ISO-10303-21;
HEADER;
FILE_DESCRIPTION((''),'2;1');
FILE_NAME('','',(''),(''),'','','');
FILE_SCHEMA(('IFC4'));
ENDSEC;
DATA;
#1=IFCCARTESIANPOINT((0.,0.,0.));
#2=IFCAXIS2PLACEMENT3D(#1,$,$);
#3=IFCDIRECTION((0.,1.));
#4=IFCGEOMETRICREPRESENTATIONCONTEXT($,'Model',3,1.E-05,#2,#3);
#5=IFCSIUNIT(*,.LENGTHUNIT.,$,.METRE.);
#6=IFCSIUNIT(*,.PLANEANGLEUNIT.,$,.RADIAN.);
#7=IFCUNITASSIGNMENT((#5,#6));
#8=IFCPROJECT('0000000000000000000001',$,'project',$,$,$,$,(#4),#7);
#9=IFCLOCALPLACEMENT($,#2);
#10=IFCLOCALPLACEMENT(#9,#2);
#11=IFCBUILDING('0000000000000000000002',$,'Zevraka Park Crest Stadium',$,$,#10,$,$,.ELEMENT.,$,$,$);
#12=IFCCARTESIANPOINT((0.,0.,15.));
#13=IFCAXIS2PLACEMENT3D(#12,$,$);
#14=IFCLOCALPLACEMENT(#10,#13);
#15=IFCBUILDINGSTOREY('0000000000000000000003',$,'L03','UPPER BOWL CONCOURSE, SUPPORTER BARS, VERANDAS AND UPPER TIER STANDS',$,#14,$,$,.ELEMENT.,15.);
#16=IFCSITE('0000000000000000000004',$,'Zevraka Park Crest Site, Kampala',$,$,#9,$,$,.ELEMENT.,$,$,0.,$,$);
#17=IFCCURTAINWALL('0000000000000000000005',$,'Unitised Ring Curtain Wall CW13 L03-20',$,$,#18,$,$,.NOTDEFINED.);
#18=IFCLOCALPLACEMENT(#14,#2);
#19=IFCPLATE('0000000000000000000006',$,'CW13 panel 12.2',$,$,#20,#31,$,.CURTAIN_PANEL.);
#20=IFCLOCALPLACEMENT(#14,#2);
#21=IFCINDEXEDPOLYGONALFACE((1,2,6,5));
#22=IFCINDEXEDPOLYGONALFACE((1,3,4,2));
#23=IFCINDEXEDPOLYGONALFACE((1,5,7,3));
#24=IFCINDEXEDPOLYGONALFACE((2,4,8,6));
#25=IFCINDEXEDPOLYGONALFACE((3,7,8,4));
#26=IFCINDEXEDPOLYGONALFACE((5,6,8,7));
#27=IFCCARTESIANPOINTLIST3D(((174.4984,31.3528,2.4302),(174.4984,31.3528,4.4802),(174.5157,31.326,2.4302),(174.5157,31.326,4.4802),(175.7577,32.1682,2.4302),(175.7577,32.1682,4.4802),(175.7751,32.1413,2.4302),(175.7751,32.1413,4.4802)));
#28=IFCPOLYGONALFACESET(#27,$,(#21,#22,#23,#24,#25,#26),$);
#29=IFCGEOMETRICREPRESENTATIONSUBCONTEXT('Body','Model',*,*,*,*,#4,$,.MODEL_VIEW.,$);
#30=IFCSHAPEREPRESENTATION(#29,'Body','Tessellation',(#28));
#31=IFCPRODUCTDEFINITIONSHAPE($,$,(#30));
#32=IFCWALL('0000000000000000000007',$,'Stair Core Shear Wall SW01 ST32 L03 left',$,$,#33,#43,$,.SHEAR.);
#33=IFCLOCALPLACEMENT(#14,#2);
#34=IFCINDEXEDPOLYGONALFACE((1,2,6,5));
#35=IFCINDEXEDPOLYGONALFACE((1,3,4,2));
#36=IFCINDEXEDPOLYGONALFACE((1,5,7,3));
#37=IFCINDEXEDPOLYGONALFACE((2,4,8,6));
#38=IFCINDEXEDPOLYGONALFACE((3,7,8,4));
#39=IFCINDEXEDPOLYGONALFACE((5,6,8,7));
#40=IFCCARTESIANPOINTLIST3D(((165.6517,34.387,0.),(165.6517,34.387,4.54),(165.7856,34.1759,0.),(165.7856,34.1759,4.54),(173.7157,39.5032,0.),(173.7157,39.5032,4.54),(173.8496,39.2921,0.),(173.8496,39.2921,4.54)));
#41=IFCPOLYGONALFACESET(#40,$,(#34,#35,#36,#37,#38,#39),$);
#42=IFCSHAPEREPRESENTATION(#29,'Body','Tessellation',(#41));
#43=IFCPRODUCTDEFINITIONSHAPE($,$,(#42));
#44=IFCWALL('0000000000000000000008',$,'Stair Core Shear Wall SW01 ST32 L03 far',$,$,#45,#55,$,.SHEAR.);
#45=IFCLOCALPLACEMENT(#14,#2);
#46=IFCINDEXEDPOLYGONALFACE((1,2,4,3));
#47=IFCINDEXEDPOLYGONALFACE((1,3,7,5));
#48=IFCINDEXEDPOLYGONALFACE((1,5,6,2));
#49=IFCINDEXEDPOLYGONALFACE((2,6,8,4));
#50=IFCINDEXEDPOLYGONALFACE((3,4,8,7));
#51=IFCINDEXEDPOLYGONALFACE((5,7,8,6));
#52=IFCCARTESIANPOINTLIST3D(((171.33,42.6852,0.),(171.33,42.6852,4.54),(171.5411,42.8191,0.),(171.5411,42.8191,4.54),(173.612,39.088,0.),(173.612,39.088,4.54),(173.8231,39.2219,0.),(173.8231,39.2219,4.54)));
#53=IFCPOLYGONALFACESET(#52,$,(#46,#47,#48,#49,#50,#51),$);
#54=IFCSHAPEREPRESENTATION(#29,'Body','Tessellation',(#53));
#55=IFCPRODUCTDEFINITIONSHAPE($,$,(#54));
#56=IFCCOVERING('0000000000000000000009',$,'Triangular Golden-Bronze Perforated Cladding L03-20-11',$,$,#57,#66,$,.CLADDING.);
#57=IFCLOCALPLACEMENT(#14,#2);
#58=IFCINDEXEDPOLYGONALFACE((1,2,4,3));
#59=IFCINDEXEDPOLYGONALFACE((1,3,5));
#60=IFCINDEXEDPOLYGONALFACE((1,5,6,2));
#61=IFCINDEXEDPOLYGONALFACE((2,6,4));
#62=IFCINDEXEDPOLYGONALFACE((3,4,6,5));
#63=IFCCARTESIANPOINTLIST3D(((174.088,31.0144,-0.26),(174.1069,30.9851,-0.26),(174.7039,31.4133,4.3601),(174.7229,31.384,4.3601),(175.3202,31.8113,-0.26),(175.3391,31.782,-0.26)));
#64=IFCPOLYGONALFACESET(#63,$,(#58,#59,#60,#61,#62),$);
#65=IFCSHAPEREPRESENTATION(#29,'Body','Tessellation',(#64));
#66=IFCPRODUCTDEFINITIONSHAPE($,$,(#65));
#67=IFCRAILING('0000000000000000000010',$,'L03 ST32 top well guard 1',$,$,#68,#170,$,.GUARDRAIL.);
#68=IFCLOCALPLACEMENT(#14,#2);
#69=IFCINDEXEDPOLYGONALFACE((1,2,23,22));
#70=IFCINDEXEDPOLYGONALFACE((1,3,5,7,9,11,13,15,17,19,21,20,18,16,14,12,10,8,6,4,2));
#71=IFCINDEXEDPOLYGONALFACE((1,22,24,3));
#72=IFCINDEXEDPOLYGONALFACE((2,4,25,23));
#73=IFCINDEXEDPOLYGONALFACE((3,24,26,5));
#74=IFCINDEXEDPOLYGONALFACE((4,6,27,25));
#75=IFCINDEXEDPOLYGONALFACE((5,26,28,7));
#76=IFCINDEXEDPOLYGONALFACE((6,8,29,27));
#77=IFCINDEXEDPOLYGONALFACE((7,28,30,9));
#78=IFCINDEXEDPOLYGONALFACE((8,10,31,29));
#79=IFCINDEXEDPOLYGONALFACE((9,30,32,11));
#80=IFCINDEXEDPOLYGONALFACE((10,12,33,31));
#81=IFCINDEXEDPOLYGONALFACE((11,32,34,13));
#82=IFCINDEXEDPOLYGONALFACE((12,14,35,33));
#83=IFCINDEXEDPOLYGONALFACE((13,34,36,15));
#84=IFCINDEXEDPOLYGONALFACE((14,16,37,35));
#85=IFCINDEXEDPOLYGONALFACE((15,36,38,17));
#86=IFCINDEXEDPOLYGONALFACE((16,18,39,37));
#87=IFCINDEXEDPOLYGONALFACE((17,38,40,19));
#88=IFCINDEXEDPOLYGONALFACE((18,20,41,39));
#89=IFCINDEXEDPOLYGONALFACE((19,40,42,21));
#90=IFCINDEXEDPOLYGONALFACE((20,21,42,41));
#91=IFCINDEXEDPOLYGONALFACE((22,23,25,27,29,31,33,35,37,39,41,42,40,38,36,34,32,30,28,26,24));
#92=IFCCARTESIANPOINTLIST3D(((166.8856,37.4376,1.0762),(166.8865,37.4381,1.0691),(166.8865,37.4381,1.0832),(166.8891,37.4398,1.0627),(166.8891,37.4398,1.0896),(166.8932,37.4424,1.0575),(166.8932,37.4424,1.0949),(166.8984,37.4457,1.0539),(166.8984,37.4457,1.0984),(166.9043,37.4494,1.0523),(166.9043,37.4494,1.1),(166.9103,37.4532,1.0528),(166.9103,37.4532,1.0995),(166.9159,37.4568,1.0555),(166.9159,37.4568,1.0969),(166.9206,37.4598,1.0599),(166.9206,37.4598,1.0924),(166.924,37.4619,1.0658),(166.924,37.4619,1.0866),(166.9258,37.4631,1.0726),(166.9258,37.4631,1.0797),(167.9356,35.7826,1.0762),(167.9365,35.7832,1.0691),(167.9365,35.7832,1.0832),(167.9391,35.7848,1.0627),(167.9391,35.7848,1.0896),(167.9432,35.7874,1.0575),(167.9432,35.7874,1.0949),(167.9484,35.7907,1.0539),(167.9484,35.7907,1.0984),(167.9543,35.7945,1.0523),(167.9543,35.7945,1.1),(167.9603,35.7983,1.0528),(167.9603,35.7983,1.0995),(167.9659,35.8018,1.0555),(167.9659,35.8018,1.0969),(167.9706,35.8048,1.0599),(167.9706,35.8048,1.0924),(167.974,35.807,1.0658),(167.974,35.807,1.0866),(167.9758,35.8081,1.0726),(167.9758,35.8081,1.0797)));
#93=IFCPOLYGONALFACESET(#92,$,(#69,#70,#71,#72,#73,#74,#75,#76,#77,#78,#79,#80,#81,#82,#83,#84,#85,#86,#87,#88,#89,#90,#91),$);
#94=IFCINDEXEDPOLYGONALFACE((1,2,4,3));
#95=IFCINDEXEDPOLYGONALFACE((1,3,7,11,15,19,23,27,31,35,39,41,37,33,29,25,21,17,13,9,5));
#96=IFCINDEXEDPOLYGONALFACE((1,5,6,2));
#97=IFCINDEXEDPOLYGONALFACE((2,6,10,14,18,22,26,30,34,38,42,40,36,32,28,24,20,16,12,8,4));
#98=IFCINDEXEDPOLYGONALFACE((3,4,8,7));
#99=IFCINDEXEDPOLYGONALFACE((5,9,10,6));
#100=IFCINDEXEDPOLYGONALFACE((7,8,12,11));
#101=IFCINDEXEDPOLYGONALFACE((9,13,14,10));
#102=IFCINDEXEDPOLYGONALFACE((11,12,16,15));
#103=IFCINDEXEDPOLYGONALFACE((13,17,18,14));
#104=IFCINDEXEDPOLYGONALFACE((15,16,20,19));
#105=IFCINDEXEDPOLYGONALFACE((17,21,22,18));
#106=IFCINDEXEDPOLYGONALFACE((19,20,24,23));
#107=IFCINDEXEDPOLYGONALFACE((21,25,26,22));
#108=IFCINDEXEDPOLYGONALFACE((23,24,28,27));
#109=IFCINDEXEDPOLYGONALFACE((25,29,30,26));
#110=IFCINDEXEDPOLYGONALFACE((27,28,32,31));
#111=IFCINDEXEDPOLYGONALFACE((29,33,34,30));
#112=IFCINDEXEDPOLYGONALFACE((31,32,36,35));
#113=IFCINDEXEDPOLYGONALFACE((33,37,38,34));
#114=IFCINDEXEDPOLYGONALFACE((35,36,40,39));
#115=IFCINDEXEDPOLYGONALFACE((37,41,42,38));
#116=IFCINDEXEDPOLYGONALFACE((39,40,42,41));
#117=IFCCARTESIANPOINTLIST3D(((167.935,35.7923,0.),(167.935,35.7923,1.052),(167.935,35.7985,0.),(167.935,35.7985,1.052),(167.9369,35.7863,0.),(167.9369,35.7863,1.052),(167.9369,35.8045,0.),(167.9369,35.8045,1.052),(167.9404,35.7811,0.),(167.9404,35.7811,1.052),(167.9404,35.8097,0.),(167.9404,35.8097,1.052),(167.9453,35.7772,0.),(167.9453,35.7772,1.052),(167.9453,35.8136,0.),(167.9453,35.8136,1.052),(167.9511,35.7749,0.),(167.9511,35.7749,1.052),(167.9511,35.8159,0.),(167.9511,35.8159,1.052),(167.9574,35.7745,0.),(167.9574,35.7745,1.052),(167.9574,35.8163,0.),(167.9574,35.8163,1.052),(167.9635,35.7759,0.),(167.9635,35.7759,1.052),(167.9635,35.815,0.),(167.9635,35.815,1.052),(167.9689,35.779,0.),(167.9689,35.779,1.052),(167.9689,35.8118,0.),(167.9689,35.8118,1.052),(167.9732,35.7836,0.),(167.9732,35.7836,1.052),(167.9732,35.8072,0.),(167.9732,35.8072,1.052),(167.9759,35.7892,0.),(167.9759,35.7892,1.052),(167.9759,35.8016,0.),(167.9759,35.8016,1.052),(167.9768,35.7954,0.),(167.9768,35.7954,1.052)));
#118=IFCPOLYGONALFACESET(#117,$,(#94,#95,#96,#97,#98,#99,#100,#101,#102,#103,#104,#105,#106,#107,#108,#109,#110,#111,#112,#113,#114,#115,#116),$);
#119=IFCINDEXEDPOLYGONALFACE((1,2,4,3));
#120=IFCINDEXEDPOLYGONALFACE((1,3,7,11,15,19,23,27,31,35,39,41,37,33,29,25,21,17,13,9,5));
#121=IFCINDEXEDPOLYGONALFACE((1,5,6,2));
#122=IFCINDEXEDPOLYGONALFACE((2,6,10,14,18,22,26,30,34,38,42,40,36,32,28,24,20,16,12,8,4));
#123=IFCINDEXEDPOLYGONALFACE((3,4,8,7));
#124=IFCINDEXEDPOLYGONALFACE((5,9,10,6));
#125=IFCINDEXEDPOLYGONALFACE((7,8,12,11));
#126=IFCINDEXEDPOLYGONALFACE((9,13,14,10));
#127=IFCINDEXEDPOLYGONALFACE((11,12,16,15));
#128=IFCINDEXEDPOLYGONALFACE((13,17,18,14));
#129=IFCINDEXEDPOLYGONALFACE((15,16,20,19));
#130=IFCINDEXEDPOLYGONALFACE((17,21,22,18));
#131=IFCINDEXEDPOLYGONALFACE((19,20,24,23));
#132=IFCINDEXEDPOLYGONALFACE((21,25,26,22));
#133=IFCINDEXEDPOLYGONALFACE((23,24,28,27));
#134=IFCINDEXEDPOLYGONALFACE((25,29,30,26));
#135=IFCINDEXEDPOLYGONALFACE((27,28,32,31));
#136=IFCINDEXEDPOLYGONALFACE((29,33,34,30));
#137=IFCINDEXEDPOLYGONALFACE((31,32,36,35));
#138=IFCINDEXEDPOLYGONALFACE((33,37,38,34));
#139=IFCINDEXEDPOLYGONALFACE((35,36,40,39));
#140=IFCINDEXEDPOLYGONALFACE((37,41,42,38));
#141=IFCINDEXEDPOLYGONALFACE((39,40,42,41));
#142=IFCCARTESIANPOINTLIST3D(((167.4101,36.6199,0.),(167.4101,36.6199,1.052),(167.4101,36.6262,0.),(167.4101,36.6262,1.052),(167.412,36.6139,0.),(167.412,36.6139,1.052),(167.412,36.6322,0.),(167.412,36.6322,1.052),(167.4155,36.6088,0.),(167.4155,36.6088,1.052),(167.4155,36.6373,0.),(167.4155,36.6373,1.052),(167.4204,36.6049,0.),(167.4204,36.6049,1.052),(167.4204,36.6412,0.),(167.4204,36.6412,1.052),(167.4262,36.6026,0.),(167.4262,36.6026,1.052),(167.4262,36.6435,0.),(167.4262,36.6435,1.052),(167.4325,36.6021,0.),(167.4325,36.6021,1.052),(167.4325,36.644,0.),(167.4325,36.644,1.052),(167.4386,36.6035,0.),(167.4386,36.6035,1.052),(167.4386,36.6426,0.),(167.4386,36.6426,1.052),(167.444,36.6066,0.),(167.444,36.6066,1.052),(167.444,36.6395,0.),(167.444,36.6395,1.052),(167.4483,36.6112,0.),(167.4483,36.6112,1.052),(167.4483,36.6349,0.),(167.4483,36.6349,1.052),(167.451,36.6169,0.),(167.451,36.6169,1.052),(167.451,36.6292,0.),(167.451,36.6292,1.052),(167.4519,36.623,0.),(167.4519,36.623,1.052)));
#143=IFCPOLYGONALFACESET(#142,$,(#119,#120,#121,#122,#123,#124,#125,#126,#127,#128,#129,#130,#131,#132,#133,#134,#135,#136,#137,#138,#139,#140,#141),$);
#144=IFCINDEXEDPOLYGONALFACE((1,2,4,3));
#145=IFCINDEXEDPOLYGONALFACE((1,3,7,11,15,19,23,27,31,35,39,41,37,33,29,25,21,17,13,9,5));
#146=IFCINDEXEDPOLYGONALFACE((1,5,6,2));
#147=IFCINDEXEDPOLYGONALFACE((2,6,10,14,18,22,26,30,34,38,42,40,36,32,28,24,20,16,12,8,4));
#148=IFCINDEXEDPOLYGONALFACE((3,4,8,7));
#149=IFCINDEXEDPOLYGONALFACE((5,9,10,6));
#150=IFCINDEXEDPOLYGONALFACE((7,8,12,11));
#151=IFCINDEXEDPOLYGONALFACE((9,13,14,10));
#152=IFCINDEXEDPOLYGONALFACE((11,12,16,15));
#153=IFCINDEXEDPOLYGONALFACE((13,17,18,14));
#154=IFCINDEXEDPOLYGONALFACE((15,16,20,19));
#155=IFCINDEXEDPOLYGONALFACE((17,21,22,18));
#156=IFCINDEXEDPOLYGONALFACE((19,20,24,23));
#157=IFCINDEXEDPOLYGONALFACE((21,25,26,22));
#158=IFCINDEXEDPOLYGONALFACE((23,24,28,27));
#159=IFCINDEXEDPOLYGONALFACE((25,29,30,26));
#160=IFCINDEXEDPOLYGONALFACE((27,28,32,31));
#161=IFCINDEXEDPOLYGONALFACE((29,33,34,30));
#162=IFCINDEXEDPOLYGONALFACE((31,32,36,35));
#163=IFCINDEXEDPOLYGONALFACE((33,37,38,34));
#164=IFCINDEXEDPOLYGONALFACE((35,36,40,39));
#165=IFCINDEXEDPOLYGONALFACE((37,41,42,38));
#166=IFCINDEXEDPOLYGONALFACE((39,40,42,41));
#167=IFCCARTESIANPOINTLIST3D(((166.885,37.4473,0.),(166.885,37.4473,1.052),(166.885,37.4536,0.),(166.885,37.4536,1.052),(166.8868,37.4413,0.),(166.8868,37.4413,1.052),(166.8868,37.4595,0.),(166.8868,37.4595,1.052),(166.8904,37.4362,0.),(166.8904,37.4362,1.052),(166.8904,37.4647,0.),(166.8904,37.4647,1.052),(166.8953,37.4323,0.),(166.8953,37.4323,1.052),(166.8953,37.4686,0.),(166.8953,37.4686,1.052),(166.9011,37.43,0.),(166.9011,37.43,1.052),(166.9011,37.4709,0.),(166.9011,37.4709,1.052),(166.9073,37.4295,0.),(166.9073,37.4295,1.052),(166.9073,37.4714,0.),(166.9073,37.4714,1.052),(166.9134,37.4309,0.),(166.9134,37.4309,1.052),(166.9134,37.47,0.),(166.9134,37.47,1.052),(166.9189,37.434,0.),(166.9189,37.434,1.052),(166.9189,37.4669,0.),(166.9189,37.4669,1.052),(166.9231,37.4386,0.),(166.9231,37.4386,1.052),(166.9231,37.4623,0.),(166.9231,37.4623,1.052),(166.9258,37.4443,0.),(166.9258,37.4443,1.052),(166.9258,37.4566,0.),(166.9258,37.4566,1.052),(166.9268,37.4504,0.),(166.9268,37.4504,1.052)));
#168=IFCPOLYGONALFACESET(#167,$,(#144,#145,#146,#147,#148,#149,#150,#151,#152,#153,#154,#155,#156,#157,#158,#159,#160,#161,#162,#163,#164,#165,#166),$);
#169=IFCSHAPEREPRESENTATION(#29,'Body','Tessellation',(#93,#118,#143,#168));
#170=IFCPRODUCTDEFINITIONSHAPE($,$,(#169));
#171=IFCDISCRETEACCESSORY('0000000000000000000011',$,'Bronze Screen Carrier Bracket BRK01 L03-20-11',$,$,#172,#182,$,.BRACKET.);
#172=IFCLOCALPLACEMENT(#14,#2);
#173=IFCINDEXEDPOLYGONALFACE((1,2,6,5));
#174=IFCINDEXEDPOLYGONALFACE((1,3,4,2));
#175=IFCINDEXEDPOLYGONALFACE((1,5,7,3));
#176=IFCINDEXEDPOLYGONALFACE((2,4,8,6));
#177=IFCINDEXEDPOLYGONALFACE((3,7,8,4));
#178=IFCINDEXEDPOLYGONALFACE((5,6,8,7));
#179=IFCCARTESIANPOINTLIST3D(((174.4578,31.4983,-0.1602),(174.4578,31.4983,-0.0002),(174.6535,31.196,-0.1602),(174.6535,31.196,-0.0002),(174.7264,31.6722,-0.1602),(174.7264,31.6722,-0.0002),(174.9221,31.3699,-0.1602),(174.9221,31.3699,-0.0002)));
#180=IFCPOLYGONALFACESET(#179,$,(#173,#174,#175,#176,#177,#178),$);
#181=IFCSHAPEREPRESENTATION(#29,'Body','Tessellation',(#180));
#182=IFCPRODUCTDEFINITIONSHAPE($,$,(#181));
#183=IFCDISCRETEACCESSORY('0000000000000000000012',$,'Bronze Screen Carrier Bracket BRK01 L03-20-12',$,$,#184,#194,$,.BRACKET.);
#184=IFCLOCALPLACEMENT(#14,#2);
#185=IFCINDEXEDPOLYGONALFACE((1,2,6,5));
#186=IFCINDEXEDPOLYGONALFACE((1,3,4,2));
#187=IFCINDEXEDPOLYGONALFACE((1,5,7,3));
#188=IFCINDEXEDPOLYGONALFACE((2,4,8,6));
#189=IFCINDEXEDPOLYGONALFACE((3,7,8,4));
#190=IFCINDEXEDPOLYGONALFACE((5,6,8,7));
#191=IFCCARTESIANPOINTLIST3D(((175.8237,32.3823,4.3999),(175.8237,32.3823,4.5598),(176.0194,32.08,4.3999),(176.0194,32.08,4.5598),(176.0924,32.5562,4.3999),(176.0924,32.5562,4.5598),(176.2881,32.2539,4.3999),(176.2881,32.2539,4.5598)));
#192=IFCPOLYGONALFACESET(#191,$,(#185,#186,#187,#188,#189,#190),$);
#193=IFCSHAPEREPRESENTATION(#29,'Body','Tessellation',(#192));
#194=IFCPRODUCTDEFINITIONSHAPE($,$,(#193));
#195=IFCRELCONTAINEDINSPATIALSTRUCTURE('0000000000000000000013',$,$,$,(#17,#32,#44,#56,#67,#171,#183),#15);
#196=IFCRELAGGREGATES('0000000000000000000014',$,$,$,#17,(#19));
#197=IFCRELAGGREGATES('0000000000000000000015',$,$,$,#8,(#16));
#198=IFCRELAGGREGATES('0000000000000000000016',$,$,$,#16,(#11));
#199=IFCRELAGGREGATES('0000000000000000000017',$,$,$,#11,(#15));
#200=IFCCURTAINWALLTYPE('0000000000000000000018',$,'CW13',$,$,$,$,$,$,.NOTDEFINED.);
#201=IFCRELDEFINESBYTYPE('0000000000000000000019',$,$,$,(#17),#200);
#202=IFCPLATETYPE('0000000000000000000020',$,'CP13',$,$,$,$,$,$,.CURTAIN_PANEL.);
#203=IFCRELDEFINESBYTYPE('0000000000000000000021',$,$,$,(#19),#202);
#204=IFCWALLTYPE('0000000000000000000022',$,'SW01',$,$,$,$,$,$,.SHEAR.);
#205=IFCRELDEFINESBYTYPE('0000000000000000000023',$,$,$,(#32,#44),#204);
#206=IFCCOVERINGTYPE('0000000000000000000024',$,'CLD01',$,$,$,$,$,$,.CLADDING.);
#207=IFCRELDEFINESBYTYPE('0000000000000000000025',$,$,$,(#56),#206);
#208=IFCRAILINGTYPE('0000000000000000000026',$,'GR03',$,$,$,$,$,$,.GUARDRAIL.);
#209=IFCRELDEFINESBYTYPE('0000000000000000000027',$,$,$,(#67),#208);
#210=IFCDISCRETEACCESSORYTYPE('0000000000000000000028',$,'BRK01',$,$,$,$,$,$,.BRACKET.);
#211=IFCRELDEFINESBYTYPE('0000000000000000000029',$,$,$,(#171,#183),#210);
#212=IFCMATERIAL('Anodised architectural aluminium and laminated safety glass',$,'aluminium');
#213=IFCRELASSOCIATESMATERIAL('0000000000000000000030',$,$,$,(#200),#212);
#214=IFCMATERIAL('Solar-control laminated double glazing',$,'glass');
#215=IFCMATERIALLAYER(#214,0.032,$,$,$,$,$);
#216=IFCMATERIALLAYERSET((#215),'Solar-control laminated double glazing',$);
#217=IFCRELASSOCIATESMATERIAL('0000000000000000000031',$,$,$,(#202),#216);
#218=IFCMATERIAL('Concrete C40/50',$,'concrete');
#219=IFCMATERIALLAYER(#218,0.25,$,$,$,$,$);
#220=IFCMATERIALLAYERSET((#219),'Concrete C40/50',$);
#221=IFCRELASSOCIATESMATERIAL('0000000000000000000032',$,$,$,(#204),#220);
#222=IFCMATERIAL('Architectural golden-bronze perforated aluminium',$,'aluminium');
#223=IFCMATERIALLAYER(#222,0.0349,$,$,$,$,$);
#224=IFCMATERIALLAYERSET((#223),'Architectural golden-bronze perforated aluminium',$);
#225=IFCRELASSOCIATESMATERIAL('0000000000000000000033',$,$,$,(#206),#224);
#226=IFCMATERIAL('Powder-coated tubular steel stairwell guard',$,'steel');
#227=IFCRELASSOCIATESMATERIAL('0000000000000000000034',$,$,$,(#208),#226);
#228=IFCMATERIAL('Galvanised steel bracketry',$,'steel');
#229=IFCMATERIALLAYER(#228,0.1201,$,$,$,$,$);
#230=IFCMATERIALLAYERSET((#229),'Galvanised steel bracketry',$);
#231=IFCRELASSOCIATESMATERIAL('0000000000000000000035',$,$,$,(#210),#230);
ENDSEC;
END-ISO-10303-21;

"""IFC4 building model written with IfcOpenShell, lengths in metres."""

from ifc_helpers import new_model, si_unit, direction, frame, frame_2d, origin, origin_2d, place, context, subcontext, project, spatial, polyline, rectangle, circle, outline, extrude, material, layer, layer_set, type_object, element, aggregate, save


model = new_model("IFC4")

# Units and contexts
model_context = context("Model", 3, precision=1e-05, world=origin(), true_north=direction((0.0, 1.0)))
body_context = subcontext(model_context, "Body", "Model", "MODEL_VIEW")
ifc_project = project(units=[si_unit("LENGTHUNIT", "METRE"), si_unit("PLANEANGLEUNIT", "RADIAN")], contexts=[model_context])

# Site, building, storey
site_placement = place(None, origin())
site = spatial("IfcSite", under=ifc_project, at=site_placement, Name="Zevraka Park Crest Site, Kampala", CompositionType="ELEMENT", RefElevation=0.0)
building_placement = place(site_placement, origin())
building = spatial("IfcBuilding", under=site, at=building_placement, Name="Zevraka Park Crest Stadium", CompositionType="ELEMENT")
storey_placement = place(building_placement, frame((0.0, 0.0, 15.0)))
storey = spatial("IfcBuildingStorey", under=building, at=storey_placement, Name="L03", Description="UPPER BOWL CONCOURSE, SUPPORTER BARS, VERANDAS AND UPPER TIER STANDS", CompositionType="ELEMENT", Elevation=15.0)

# Curtain wall
ifc_material_1 = material(Name="Anodised architectural aluminium and laminated safety glass", Category="aluminium")
curtain_wall_type = type_object("IfcCurtainWallType", Name="CW13", PredefinedType="NOTDEFINED", material=ifc_material_1)
curtain_wall_placement = place(storey_placement, origin())
curtain_wall = element("IfcCurtainWall", 1, at=curtain_wall_placement, inside=storey, type_object=curtain_wall_type, Name="Unitised Ring Curtain Wall CW13 L03-20", PredefinedType="NOTDEFINED")

# Plate
ifc_material_2 = material(Name="Solar-control laminated double glazing", Category="glass")
ifc_layer_1 = layer(ifc_material_2, 0.032)
ifc_layer_set_1 = layer_set([ifc_layer_1], Name="Solar-control laminated double glazing")
plate_type = type_object("IfcPlateType", Name="CP13", PredefinedType="CURTAIN_PANEL", material=ifc_layer_set_1)
plate_1_placement = place(storey_placement, frame((175.1367, 31.7471, 2.4302), z_axis=(0.0, 0.0, 1.0), x_axis=(0.839429, 0.543469, 0.0)))
plate_1 = element("IfcPlate", 2, at=plate_1_placement, type_object=plate_type, Name="CW13 panel 12.2", PredefinedType="CURTAIN_PANEL", context=body_context, shape_type="SweptSolid", body=[
    extrude(rectangle(XDim=1.5002, YDim=0.032, at=origin_2d()), origin(), (0.0, 0.0, 1.0), 2.05),
])
aggregate(curtain_wall, [plate_1])

# Walls
ifc_material_3 = material(Name="Concrete C40/50", Category="concrete")
ifc_layer_2 = layer(ifc_material_3, 0.25)
ifc_layer_set_2 = layer_set([ifc_layer_2], Name="Concrete C40/50")
wall_type = type_object("IfcWallType", Name="SW01", PredefinedType="SHEAR", material=ifc_layer_set_2)
wall_1_placement = place(storey_placement, frame((165.7188, 34.2815, 0.0), z_axis=(0.0, 0.0, 1.0), x_axis=(0.844391, 0.535727, 0.0)))
element("IfcWall", 3, at=wall_1_placement, inside=storey, type_object=wall_type, Name="Stair Core Shear Wall SW01 ST32 L03 left", PredefinedType="SHEAR", context=body_context, shape_type="SweptSolid", body=[
    extrude(rectangle(XDim=9.55, YDim=0.25, at=frame_2d((4.7749, 0.0))), origin(), (0.0, 0.0, 1.0), 4.54),
])
wall_2_placement = place(storey_placement, frame((173.7175, 39.155, 0.0), z_axis=(0.0, 0.0, 1.0), x_axis=(-0.535685, 0.844418, 0.0)))
element("IfcWall", 4, at=wall_2_placement, inside=storey, type_object=wall_type, Name="Stair Core Shear Wall SW01 ST32 L03 far", PredefinedType="SHEAR", context=body_context, shape_type="SweptSolid", body=[
    extrude(rectangle(XDim=4.26, YDim=0.25, at=frame_2d((2.1299, 0.0))), origin(), (0.0, 0.0, 1.0), 4.54),
])

# Covering
ifc_material_4 = material(Name="Architectural golden-bronze perforated aluminium", Category="aluminium")
ifc_layer_3 = layer(ifc_material_4, 0.0349)
ifc_layer_set_3 = layer_set([ifc_layer_3], Name="Architectural golden-bronze perforated aluminium")
covering_type = type_object("IfcCoveringType", Name="CLD01", PredefinedType="CLADDING", material=ifc_layer_set_3)
covering_placement = place(storey_placement, frame((174.1069, 30.9851, -0.26), z_axis=(0.543051, -0.8397, 0.000103), x_axis=(0.8397, 0.543051, 0.0)))
element("IfcCovering", 5, at=covering_placement, inside=storey, type_object=covering_type, Name="Triangular Golden-Bronze Perforated Cladding L03-20-11", PredefinedType="CLADDING", context=body_context, shape_type="SweptSolid", body=[
    extrude(outline(polyline([(0.0, 0.0), (1.4674, 0.0), (0.7339, 4.6201), (0.0, 0.0)])), origin(), (0.0, 0.0, -1.0), 0.0349),
])

# Railing
ifc_material_5 = material(Name="Powder-coated tubular steel stairwell guard", Category="steel")
railing_type = type_object("IfcRailingType", Name="GR03", PredefinedType="GUARDRAIL", material=ifc_material_5)
railing_placement = place(storey_placement, frame((167.9558, 35.7954, 0.0)))
element("IfcRailing", 6, at=railing_placement, inside=storey, type_object=railing_type, Name="L03 ST32 top well guard 1", PredefinedType="GUARDRAIL", context=body_context, shape_type="SweptSolid", body=[
    extrude(circle(Radius=0.0239, at=origin_2d()), frame((0.0, 0.0, 1.0762), z_axis=(-0.535731, 0.844389, 0.0), x_axis=(-0.844389, -0.535731, 0.0)), (0.0, 0.0, 1.0), 1.96),
    extrude(circle(Radius=0.021, at=origin_2d()), origin(), (0.0, 0.0, 1.0), 1.052),
    extrude(circle(Radius=0.021, at=origin_2d()), frame((-0.5249, 0.8276, 0.0)), (0.0, 0.0, 1.0), 1.052),
    extrude(circle(Radius=0.021, at=origin_2d()), frame((-1.05, 1.655, 0.0)), (0.0, 0.0, 1.0), 1.052),
])

# Discrete accessories
ifc_material_6 = material(Name="Galvanised steel bracketry", Category="steel")
ifc_layer_4 = layer(ifc_material_6, 0.1201)
ifc_layer_set_4 = layer_set([ifc_layer_4], Name="Galvanised steel bracketry")
discrete_accessory_type = type_object("IfcDiscreteAccessoryType", Name="BRK01", PredefinedType="BRACKET", material=ifc_layer_set_4)
for number, where, z_axis, x_axis, name in (
    (7, (174.6899, 31.4341, -0.1602), (0.0, 0.0, 1.0), (0.83943, 0.543467, 0.0), "Bronze Screen Carrier Bracket BRK01 L03-20-11"),
    (8, (176.0559, 32.3181, 4.3999), (0.0, 0.0, 1.0), (0.83943, 0.543467, 0.0), "Bronze Screen Carrier Bracket BRK01 L03-20-12"),
):
    element("IfcDiscreteAccessory", number, at=place(storey_placement, frame(where, z_axis=z_axis, x_axis=x_axis)), inside=storey, type_object=discrete_accessory_type, Name=name, PredefinedType="BRACKET", context=body_context, shape_type="SweptSolid", body=[
        extrude(rectangle(XDim=0.3201, YDim=0.3601, at=origin_2d()), origin(), (0.0, 0.0, 1.0), 0.1599),
    ])

save(model, "model.ifc")
